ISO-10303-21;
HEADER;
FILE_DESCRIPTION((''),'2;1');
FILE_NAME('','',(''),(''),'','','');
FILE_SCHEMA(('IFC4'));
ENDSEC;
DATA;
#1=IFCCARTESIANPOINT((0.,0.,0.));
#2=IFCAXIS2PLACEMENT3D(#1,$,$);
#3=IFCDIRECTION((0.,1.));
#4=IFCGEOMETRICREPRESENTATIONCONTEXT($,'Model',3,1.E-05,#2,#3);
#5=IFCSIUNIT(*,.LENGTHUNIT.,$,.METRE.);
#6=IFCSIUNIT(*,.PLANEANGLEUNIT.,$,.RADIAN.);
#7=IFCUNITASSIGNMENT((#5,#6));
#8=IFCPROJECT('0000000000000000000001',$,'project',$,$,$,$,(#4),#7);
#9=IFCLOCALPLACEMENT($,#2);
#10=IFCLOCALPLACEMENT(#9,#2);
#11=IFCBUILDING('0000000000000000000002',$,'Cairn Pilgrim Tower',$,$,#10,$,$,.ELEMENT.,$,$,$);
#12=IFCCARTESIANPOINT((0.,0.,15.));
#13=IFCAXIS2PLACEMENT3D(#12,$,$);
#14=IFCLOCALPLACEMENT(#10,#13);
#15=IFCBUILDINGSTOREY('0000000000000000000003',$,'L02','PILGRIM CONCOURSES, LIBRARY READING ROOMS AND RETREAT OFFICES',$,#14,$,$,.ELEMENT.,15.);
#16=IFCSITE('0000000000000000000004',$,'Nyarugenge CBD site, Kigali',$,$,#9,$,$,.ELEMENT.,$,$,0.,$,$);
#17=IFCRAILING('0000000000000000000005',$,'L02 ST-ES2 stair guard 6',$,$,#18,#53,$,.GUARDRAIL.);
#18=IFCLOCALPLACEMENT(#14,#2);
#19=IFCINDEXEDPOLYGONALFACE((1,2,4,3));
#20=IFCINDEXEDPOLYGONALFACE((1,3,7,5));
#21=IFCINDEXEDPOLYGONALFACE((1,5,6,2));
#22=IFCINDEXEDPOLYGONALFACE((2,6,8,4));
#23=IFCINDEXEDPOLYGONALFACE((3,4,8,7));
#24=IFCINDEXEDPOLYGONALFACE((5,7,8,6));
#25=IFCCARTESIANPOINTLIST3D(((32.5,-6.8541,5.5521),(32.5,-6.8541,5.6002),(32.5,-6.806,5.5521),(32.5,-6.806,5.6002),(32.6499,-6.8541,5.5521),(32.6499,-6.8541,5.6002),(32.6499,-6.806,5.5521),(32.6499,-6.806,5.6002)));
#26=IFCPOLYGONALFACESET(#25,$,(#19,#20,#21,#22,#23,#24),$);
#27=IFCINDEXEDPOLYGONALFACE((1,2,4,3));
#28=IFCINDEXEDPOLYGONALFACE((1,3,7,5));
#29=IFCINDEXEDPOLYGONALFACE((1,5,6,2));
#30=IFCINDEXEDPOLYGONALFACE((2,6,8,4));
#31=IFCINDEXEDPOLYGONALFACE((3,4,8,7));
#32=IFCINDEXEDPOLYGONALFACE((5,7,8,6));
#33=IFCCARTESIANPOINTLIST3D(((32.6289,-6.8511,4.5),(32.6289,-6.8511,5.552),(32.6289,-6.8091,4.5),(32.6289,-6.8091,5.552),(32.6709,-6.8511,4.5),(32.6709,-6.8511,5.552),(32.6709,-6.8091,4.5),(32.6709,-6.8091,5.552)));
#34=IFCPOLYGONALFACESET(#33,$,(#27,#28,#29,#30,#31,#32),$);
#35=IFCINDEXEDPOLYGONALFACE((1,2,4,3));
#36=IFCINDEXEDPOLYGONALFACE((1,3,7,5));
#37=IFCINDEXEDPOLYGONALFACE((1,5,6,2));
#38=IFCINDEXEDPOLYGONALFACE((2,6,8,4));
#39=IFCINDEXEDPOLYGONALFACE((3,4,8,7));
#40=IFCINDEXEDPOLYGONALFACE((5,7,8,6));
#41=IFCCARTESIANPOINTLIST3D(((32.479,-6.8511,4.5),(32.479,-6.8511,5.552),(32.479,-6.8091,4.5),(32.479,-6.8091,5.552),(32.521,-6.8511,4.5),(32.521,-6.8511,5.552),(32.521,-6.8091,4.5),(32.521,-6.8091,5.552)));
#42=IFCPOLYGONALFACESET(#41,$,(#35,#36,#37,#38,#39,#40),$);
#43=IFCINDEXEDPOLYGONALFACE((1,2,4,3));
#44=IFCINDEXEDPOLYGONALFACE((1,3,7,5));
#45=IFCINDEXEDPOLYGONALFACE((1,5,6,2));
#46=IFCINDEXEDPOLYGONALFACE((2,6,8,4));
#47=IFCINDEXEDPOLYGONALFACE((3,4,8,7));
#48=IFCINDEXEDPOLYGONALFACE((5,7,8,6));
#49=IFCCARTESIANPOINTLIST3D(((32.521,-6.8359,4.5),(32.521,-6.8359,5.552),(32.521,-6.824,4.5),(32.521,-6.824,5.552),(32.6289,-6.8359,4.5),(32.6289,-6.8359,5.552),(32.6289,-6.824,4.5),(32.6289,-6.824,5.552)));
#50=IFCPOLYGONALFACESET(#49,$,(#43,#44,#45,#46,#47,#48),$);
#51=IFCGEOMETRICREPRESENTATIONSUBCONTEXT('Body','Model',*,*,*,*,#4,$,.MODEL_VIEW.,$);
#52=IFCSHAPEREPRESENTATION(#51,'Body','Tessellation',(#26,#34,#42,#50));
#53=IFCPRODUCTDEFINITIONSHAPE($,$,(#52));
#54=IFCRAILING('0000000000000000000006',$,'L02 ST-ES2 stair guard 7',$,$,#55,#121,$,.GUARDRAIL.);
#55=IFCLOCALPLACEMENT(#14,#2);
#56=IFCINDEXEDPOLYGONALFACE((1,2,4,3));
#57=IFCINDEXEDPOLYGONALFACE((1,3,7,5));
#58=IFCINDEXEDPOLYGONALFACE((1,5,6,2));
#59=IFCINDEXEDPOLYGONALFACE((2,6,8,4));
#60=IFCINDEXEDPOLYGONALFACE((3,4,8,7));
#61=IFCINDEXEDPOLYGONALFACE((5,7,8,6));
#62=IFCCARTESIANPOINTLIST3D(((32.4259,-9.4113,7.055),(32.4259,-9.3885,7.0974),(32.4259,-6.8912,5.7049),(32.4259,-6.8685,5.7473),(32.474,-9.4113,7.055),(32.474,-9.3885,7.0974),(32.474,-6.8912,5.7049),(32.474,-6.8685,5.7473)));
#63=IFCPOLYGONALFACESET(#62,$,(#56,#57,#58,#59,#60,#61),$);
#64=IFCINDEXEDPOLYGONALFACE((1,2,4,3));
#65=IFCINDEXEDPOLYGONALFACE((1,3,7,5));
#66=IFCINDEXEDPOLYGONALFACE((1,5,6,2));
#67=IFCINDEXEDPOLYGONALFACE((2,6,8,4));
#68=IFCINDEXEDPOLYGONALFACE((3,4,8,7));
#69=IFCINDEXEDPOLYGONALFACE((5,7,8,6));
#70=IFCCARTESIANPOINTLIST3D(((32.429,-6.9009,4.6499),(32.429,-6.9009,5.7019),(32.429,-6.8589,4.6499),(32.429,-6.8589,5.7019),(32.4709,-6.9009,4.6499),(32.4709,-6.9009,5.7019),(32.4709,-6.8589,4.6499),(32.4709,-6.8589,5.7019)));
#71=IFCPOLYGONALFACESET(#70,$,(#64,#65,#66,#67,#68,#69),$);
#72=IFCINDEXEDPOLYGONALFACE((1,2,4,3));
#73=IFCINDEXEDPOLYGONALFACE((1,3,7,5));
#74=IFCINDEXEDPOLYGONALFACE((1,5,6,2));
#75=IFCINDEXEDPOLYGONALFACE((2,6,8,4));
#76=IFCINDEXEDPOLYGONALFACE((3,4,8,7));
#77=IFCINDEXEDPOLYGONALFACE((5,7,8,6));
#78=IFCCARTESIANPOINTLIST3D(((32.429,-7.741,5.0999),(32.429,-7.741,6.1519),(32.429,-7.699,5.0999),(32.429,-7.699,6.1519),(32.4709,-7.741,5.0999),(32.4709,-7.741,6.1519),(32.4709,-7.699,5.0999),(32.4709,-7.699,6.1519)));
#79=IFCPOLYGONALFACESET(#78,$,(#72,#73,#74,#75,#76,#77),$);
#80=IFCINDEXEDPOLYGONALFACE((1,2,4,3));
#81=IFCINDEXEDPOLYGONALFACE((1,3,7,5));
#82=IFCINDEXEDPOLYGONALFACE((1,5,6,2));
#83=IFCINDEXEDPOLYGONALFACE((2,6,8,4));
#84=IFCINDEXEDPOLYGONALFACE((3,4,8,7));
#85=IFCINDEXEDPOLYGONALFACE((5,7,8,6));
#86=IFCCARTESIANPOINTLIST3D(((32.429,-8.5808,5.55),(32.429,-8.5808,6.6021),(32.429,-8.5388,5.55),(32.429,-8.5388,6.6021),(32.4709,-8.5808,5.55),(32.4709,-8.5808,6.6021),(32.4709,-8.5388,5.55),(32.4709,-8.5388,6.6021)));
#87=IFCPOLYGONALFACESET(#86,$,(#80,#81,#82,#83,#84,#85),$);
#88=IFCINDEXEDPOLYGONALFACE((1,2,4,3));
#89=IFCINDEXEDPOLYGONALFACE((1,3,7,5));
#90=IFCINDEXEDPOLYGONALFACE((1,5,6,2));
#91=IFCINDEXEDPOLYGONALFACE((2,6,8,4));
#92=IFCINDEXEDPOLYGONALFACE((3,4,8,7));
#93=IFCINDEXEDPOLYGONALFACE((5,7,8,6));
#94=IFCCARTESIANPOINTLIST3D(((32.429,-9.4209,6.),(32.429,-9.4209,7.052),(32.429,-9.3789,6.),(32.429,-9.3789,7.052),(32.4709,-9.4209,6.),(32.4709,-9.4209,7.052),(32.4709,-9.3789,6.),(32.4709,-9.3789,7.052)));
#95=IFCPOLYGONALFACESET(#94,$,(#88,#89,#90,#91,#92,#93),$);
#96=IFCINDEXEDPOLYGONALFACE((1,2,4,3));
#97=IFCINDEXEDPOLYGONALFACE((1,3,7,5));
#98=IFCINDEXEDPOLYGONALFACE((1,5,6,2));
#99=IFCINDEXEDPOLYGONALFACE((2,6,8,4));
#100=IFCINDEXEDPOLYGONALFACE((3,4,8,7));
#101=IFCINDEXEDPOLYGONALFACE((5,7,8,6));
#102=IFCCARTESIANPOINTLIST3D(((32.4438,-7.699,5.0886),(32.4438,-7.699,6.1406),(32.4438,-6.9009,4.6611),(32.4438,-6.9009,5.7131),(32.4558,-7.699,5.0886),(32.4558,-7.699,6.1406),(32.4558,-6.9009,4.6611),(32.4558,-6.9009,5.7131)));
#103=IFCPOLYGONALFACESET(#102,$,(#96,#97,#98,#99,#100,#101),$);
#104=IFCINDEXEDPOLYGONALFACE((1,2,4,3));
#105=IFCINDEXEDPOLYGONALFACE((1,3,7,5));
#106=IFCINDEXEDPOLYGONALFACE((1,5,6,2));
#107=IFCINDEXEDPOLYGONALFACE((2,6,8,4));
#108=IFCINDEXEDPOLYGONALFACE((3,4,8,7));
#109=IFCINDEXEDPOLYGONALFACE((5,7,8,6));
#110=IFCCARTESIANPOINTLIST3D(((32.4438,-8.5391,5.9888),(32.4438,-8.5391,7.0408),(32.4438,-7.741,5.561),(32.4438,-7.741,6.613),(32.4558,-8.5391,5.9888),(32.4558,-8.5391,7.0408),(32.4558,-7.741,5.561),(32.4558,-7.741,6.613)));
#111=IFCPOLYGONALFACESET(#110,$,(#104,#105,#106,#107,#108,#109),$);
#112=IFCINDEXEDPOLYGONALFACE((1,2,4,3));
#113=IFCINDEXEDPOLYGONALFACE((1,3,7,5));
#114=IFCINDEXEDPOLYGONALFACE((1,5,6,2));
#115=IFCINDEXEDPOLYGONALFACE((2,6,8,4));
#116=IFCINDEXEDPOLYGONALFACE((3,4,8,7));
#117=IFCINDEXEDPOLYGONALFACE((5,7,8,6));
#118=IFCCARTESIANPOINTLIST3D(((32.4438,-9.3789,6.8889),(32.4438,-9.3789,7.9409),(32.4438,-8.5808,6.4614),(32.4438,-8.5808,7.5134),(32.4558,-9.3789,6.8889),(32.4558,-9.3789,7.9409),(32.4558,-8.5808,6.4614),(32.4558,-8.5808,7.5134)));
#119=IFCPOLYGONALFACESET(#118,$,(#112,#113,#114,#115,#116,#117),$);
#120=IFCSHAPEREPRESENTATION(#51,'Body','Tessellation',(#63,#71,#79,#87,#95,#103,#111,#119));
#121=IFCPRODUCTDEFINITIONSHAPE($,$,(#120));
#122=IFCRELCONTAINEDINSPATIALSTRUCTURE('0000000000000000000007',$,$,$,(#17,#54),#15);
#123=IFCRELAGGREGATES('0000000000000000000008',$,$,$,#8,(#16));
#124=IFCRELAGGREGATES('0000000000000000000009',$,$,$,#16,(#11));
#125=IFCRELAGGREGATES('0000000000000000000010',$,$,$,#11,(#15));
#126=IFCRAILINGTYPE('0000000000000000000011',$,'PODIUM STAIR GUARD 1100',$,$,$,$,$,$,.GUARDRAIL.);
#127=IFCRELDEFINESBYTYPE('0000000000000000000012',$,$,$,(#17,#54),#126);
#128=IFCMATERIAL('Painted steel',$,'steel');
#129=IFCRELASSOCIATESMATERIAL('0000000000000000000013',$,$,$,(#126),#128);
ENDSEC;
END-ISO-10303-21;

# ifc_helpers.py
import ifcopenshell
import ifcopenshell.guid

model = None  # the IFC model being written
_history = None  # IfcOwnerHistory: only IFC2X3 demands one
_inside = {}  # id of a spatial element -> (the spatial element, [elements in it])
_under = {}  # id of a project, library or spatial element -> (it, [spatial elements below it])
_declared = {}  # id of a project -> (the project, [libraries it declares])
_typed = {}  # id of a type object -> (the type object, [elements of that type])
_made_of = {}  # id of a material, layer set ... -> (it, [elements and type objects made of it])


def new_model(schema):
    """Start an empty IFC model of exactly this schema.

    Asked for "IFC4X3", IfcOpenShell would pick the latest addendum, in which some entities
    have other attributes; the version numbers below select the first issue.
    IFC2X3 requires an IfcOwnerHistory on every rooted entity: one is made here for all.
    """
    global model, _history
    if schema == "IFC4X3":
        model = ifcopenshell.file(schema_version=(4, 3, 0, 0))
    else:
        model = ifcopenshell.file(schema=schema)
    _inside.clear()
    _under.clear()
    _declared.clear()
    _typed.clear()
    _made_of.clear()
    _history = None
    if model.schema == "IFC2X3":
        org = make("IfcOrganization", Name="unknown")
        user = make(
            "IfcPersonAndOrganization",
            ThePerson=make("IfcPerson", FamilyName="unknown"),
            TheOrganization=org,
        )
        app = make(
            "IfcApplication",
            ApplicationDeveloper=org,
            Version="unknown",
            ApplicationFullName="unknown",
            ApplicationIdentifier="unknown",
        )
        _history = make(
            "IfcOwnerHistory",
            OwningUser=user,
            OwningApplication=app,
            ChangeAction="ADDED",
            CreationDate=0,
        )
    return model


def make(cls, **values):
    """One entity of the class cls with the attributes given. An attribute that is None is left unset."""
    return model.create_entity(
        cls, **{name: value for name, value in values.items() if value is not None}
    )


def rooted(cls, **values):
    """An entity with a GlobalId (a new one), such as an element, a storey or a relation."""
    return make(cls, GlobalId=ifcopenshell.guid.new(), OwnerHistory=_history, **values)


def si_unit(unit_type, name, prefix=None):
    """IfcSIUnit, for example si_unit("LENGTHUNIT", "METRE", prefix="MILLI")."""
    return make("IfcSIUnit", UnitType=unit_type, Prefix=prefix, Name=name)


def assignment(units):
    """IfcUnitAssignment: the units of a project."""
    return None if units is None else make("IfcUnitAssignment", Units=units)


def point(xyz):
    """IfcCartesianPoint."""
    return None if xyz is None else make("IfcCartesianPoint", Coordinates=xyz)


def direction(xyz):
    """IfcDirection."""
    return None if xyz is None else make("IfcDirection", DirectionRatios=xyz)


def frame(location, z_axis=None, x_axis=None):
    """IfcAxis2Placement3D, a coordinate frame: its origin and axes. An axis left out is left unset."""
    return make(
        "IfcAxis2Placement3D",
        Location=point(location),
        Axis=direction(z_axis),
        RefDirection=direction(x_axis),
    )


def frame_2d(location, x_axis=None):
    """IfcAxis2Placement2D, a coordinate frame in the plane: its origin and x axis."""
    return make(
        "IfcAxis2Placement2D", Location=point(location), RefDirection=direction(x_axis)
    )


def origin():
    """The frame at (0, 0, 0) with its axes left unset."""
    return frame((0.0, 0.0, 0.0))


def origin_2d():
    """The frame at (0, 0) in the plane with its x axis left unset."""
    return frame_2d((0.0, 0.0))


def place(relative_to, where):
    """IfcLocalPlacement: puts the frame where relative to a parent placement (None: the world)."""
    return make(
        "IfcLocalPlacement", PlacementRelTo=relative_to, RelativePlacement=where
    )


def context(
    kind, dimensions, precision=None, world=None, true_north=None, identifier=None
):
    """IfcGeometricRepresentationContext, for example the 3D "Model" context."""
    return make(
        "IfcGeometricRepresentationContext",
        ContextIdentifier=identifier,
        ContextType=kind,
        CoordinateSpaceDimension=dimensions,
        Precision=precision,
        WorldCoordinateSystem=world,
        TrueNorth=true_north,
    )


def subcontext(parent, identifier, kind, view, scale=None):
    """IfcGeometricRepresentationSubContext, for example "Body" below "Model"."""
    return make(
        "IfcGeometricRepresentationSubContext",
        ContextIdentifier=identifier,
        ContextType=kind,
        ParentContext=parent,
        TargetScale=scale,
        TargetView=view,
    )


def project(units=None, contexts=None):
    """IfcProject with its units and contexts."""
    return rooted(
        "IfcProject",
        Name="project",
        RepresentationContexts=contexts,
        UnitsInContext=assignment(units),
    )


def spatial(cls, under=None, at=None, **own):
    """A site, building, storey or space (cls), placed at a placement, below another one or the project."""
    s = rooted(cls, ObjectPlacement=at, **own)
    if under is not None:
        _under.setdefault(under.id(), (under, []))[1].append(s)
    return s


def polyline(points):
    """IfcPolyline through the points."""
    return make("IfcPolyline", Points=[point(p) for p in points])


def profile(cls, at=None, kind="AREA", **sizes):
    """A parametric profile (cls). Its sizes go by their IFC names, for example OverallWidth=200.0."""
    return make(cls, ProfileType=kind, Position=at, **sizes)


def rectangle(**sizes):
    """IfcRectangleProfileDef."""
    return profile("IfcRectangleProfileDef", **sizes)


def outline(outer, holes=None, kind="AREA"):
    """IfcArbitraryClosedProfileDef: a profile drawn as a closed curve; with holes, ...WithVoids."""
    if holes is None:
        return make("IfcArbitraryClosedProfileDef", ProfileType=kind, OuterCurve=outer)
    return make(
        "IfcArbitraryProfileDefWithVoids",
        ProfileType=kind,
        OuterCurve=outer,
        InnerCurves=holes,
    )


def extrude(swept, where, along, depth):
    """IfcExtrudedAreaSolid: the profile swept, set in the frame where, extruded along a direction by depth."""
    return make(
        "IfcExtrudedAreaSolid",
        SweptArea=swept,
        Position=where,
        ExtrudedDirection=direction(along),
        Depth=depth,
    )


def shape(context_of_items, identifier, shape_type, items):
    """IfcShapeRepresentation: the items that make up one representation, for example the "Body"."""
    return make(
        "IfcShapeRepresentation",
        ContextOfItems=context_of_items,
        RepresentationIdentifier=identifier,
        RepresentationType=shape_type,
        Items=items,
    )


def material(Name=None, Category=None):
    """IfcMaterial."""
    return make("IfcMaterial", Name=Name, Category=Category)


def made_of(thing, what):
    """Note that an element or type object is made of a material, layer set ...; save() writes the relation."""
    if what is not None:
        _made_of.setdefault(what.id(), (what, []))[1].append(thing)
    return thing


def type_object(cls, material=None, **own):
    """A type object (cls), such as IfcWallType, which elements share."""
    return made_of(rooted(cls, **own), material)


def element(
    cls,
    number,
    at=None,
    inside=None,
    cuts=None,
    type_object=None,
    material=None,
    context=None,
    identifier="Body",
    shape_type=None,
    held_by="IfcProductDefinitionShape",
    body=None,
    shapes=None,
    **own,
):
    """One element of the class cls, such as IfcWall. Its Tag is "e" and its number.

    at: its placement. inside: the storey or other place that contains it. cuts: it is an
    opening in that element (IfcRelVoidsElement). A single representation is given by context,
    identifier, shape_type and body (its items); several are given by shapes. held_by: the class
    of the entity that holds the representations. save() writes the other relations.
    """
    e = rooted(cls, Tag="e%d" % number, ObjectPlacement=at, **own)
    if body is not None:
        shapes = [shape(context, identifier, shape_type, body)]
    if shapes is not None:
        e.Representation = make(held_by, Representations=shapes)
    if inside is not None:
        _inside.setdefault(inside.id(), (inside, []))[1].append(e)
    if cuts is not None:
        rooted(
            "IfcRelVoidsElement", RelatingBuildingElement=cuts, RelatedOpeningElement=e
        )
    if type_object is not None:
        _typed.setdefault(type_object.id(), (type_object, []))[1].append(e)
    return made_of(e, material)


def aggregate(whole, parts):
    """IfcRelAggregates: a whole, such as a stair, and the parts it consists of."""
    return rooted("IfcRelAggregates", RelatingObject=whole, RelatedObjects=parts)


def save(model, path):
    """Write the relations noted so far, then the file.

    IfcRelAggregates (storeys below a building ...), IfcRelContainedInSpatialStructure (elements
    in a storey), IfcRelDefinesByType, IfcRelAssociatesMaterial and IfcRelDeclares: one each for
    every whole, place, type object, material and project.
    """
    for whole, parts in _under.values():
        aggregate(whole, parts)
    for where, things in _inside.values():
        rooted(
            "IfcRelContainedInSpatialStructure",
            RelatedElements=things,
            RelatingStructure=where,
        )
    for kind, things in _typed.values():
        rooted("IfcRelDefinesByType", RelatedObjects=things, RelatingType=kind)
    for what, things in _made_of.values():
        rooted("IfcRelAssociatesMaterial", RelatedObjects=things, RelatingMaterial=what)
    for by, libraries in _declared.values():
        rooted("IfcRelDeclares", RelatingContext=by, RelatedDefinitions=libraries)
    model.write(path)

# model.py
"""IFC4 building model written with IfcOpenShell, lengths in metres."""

from ifc_helpers import new_model, si_unit, direction, frame, origin, origin_2d, place, context, subcontext, project, spatial, polyline, rectangle, outline, extrude, material, type_object, element, save


model = new_model("IFC4")

# Units and contexts
model_context = context("Model", 3, precision=1e-05, world=origin(), true_north=direction((0.0, 1.0)))
body_context = subcontext(model_context, "Body", "Model", "MODEL_VIEW")
ifc_project = project(units=[si_unit("LENGTHUNIT", "METRE"), si_unit("PLANEANGLEUNIT", "RADIAN")], contexts=[model_context])

# Site, building, storey
site_placement = place(None, origin())
site = spatial("IfcSite", under=ifc_project, at=site_placement, Name="Nyarugenge CBD site, Kigali", CompositionType="ELEMENT", RefElevation=0.0)
building_placement = place(site_placement, origin())
building = spatial("IfcBuilding", under=site, at=building_placement, Name="Cairn Pilgrim Tower", CompositionType="ELEMENT")
storey_placement = place(building_placement, frame((0.0, 0.0, 15.0)))
storey = spatial("IfcBuildingStorey", under=building, at=storey_placement, Name="L02", Description="PILGRIM CONCOURSES, LIBRARY READING ROOMS AND RETREAT OFFICES", CompositionType="ELEMENT", Elevation=15.0)

# Railings
ifc_material_1 = material(Name="Painted steel", Category="steel")
railing_type = type_object("IfcRailingType", Name="PODIUM STAIR GUARD 1100", PredefinedType="GUARDRAIL", material=ifc_material_1)
railing_1_placement = place(storey_placement, frame((32.6499, -6.8301, 4.5)))
element("IfcRailing", 1, at=railing_1_placement, inside=storey, type_object=railing_type, Name="L02 ST-ES2 stair guard 6", PredefinedType="GUARDRAIL", context=body_context, shape_type="SweptSolid", body=[
    extrude(rectangle(XDim=0.0481, YDim=0.0481, at=origin_2d()), frame((0.0, 0.0, 1.0762), z_axis=(-1.0, 0.0, 0.0), x_axis=(0.0, -1.0, 0.0)), (0.0, 0.0, 1.0), 0.1499),
    extrude(rectangle(XDim=0.042, YDim=0.042, at=origin_2d()), origin(), (0.0, 0.0, 1.0), 1.052),
    extrude(rectangle(XDim=0.042, YDim=0.042, at=origin_2d()), frame((-0.1499, 0.0, 0.0)), (0.0, 0.0, 1.0), 1.052),
    extrude(outline(polyline([(0.021, 0.0), (0.1289, 0.0), (0.1289, 1.052), (0.021, 1.052), (0.021, 0.0)])), frame((0.0, -0.0059, 0.0), z_axis=(0.0, 1.0, 0.0), x_axis=(-1.0, 0.0, 0.0)), (0.0, 0.0, 1.0), 0.012),
])
railing_2_placement = place(storey_placement, frame((32.45, -6.8799, 4.6499)))
element("IfcRailing", 2, at=railing_2_placement, inside=storey, type_object=railing_type, Name="L02 ST-ES2 stair guard 7", PredefinedType="GUARDRAIL", context=body_context, shape_type="SweptSolid", body=[
    extrude(rectangle(XDim=0.0481, YDim=0.0481, at=origin_2d()), frame((0.0, 0.0, 1.0762), z_axis=(0.0, -0.881467, 0.472245), x_axis=(1.0, 0.0, 0.0)), (0.0, 0.0, 1.0), 2.8589),
    extrude(rectangle(XDim=0.042, YDim=0.042, at=origin_2d()), origin(), (0.0, 0.0, 1.0), 1.052),
    extrude(rectangle(XDim=0.042, YDim=0.042, at=origin_2d()), frame((0.0, -0.8401, 0.45)), (0.0, 0.0, 1.0), 1.052),
    extrude(rectangle(XDim=0.042, YDim=0.042, at=origin_2d()), frame((0.0, -1.6799, 0.9001)), (0.0, 0.0, 1.0), 1.052),
    extrude(rectangle(XDim=0.042, YDim=0.042, at=origin_2d()), frame((0.0, -2.52, 1.3501)), (0.0, 0.0, 1.0), 1.052),
    extrude(outline(polyline([(0.021, 0.0112), (0.8191, 0.4387), (0.8191, 1.4907), (0.021, 1.0632), (0.021, 0.0112)])), frame((0.0059, 0.0, 0.0), z_axis=(-1.0, 0.0, 0.0), x_axis=(0.0, -1.0, 0.0)), (0.0, 0.0, 1.0), 0.012),
    extrude(outline(polyline([(0.021, 0.4612), (0.8191, 0.8889), (0.8191, 1.9409), (0.021, 1.5132), (0.021, 0.4612)])), frame((0.0059, -0.8401, 0.45), z_axis=(-1.0, 0.0, 0.0), x_axis=(0.0, -1.0, 0.0)), (0.0, 0.0, 1.0), 0.012),
    extrude(outline(polyline([(0.021, 0.9114), (0.8191, 1.3389), (0.8191, 2.3909), (0.021, 1.9634), (0.021, 0.9114)])), frame((0.0059, -1.6799, 0.9001), z_axis=(-1.0, 0.0, 0.0), x_axis=(0.0, -1.0, 0.0)), (0.0, 0.0, 1.0), 0.012),
])

save(model, "model.ifc")
